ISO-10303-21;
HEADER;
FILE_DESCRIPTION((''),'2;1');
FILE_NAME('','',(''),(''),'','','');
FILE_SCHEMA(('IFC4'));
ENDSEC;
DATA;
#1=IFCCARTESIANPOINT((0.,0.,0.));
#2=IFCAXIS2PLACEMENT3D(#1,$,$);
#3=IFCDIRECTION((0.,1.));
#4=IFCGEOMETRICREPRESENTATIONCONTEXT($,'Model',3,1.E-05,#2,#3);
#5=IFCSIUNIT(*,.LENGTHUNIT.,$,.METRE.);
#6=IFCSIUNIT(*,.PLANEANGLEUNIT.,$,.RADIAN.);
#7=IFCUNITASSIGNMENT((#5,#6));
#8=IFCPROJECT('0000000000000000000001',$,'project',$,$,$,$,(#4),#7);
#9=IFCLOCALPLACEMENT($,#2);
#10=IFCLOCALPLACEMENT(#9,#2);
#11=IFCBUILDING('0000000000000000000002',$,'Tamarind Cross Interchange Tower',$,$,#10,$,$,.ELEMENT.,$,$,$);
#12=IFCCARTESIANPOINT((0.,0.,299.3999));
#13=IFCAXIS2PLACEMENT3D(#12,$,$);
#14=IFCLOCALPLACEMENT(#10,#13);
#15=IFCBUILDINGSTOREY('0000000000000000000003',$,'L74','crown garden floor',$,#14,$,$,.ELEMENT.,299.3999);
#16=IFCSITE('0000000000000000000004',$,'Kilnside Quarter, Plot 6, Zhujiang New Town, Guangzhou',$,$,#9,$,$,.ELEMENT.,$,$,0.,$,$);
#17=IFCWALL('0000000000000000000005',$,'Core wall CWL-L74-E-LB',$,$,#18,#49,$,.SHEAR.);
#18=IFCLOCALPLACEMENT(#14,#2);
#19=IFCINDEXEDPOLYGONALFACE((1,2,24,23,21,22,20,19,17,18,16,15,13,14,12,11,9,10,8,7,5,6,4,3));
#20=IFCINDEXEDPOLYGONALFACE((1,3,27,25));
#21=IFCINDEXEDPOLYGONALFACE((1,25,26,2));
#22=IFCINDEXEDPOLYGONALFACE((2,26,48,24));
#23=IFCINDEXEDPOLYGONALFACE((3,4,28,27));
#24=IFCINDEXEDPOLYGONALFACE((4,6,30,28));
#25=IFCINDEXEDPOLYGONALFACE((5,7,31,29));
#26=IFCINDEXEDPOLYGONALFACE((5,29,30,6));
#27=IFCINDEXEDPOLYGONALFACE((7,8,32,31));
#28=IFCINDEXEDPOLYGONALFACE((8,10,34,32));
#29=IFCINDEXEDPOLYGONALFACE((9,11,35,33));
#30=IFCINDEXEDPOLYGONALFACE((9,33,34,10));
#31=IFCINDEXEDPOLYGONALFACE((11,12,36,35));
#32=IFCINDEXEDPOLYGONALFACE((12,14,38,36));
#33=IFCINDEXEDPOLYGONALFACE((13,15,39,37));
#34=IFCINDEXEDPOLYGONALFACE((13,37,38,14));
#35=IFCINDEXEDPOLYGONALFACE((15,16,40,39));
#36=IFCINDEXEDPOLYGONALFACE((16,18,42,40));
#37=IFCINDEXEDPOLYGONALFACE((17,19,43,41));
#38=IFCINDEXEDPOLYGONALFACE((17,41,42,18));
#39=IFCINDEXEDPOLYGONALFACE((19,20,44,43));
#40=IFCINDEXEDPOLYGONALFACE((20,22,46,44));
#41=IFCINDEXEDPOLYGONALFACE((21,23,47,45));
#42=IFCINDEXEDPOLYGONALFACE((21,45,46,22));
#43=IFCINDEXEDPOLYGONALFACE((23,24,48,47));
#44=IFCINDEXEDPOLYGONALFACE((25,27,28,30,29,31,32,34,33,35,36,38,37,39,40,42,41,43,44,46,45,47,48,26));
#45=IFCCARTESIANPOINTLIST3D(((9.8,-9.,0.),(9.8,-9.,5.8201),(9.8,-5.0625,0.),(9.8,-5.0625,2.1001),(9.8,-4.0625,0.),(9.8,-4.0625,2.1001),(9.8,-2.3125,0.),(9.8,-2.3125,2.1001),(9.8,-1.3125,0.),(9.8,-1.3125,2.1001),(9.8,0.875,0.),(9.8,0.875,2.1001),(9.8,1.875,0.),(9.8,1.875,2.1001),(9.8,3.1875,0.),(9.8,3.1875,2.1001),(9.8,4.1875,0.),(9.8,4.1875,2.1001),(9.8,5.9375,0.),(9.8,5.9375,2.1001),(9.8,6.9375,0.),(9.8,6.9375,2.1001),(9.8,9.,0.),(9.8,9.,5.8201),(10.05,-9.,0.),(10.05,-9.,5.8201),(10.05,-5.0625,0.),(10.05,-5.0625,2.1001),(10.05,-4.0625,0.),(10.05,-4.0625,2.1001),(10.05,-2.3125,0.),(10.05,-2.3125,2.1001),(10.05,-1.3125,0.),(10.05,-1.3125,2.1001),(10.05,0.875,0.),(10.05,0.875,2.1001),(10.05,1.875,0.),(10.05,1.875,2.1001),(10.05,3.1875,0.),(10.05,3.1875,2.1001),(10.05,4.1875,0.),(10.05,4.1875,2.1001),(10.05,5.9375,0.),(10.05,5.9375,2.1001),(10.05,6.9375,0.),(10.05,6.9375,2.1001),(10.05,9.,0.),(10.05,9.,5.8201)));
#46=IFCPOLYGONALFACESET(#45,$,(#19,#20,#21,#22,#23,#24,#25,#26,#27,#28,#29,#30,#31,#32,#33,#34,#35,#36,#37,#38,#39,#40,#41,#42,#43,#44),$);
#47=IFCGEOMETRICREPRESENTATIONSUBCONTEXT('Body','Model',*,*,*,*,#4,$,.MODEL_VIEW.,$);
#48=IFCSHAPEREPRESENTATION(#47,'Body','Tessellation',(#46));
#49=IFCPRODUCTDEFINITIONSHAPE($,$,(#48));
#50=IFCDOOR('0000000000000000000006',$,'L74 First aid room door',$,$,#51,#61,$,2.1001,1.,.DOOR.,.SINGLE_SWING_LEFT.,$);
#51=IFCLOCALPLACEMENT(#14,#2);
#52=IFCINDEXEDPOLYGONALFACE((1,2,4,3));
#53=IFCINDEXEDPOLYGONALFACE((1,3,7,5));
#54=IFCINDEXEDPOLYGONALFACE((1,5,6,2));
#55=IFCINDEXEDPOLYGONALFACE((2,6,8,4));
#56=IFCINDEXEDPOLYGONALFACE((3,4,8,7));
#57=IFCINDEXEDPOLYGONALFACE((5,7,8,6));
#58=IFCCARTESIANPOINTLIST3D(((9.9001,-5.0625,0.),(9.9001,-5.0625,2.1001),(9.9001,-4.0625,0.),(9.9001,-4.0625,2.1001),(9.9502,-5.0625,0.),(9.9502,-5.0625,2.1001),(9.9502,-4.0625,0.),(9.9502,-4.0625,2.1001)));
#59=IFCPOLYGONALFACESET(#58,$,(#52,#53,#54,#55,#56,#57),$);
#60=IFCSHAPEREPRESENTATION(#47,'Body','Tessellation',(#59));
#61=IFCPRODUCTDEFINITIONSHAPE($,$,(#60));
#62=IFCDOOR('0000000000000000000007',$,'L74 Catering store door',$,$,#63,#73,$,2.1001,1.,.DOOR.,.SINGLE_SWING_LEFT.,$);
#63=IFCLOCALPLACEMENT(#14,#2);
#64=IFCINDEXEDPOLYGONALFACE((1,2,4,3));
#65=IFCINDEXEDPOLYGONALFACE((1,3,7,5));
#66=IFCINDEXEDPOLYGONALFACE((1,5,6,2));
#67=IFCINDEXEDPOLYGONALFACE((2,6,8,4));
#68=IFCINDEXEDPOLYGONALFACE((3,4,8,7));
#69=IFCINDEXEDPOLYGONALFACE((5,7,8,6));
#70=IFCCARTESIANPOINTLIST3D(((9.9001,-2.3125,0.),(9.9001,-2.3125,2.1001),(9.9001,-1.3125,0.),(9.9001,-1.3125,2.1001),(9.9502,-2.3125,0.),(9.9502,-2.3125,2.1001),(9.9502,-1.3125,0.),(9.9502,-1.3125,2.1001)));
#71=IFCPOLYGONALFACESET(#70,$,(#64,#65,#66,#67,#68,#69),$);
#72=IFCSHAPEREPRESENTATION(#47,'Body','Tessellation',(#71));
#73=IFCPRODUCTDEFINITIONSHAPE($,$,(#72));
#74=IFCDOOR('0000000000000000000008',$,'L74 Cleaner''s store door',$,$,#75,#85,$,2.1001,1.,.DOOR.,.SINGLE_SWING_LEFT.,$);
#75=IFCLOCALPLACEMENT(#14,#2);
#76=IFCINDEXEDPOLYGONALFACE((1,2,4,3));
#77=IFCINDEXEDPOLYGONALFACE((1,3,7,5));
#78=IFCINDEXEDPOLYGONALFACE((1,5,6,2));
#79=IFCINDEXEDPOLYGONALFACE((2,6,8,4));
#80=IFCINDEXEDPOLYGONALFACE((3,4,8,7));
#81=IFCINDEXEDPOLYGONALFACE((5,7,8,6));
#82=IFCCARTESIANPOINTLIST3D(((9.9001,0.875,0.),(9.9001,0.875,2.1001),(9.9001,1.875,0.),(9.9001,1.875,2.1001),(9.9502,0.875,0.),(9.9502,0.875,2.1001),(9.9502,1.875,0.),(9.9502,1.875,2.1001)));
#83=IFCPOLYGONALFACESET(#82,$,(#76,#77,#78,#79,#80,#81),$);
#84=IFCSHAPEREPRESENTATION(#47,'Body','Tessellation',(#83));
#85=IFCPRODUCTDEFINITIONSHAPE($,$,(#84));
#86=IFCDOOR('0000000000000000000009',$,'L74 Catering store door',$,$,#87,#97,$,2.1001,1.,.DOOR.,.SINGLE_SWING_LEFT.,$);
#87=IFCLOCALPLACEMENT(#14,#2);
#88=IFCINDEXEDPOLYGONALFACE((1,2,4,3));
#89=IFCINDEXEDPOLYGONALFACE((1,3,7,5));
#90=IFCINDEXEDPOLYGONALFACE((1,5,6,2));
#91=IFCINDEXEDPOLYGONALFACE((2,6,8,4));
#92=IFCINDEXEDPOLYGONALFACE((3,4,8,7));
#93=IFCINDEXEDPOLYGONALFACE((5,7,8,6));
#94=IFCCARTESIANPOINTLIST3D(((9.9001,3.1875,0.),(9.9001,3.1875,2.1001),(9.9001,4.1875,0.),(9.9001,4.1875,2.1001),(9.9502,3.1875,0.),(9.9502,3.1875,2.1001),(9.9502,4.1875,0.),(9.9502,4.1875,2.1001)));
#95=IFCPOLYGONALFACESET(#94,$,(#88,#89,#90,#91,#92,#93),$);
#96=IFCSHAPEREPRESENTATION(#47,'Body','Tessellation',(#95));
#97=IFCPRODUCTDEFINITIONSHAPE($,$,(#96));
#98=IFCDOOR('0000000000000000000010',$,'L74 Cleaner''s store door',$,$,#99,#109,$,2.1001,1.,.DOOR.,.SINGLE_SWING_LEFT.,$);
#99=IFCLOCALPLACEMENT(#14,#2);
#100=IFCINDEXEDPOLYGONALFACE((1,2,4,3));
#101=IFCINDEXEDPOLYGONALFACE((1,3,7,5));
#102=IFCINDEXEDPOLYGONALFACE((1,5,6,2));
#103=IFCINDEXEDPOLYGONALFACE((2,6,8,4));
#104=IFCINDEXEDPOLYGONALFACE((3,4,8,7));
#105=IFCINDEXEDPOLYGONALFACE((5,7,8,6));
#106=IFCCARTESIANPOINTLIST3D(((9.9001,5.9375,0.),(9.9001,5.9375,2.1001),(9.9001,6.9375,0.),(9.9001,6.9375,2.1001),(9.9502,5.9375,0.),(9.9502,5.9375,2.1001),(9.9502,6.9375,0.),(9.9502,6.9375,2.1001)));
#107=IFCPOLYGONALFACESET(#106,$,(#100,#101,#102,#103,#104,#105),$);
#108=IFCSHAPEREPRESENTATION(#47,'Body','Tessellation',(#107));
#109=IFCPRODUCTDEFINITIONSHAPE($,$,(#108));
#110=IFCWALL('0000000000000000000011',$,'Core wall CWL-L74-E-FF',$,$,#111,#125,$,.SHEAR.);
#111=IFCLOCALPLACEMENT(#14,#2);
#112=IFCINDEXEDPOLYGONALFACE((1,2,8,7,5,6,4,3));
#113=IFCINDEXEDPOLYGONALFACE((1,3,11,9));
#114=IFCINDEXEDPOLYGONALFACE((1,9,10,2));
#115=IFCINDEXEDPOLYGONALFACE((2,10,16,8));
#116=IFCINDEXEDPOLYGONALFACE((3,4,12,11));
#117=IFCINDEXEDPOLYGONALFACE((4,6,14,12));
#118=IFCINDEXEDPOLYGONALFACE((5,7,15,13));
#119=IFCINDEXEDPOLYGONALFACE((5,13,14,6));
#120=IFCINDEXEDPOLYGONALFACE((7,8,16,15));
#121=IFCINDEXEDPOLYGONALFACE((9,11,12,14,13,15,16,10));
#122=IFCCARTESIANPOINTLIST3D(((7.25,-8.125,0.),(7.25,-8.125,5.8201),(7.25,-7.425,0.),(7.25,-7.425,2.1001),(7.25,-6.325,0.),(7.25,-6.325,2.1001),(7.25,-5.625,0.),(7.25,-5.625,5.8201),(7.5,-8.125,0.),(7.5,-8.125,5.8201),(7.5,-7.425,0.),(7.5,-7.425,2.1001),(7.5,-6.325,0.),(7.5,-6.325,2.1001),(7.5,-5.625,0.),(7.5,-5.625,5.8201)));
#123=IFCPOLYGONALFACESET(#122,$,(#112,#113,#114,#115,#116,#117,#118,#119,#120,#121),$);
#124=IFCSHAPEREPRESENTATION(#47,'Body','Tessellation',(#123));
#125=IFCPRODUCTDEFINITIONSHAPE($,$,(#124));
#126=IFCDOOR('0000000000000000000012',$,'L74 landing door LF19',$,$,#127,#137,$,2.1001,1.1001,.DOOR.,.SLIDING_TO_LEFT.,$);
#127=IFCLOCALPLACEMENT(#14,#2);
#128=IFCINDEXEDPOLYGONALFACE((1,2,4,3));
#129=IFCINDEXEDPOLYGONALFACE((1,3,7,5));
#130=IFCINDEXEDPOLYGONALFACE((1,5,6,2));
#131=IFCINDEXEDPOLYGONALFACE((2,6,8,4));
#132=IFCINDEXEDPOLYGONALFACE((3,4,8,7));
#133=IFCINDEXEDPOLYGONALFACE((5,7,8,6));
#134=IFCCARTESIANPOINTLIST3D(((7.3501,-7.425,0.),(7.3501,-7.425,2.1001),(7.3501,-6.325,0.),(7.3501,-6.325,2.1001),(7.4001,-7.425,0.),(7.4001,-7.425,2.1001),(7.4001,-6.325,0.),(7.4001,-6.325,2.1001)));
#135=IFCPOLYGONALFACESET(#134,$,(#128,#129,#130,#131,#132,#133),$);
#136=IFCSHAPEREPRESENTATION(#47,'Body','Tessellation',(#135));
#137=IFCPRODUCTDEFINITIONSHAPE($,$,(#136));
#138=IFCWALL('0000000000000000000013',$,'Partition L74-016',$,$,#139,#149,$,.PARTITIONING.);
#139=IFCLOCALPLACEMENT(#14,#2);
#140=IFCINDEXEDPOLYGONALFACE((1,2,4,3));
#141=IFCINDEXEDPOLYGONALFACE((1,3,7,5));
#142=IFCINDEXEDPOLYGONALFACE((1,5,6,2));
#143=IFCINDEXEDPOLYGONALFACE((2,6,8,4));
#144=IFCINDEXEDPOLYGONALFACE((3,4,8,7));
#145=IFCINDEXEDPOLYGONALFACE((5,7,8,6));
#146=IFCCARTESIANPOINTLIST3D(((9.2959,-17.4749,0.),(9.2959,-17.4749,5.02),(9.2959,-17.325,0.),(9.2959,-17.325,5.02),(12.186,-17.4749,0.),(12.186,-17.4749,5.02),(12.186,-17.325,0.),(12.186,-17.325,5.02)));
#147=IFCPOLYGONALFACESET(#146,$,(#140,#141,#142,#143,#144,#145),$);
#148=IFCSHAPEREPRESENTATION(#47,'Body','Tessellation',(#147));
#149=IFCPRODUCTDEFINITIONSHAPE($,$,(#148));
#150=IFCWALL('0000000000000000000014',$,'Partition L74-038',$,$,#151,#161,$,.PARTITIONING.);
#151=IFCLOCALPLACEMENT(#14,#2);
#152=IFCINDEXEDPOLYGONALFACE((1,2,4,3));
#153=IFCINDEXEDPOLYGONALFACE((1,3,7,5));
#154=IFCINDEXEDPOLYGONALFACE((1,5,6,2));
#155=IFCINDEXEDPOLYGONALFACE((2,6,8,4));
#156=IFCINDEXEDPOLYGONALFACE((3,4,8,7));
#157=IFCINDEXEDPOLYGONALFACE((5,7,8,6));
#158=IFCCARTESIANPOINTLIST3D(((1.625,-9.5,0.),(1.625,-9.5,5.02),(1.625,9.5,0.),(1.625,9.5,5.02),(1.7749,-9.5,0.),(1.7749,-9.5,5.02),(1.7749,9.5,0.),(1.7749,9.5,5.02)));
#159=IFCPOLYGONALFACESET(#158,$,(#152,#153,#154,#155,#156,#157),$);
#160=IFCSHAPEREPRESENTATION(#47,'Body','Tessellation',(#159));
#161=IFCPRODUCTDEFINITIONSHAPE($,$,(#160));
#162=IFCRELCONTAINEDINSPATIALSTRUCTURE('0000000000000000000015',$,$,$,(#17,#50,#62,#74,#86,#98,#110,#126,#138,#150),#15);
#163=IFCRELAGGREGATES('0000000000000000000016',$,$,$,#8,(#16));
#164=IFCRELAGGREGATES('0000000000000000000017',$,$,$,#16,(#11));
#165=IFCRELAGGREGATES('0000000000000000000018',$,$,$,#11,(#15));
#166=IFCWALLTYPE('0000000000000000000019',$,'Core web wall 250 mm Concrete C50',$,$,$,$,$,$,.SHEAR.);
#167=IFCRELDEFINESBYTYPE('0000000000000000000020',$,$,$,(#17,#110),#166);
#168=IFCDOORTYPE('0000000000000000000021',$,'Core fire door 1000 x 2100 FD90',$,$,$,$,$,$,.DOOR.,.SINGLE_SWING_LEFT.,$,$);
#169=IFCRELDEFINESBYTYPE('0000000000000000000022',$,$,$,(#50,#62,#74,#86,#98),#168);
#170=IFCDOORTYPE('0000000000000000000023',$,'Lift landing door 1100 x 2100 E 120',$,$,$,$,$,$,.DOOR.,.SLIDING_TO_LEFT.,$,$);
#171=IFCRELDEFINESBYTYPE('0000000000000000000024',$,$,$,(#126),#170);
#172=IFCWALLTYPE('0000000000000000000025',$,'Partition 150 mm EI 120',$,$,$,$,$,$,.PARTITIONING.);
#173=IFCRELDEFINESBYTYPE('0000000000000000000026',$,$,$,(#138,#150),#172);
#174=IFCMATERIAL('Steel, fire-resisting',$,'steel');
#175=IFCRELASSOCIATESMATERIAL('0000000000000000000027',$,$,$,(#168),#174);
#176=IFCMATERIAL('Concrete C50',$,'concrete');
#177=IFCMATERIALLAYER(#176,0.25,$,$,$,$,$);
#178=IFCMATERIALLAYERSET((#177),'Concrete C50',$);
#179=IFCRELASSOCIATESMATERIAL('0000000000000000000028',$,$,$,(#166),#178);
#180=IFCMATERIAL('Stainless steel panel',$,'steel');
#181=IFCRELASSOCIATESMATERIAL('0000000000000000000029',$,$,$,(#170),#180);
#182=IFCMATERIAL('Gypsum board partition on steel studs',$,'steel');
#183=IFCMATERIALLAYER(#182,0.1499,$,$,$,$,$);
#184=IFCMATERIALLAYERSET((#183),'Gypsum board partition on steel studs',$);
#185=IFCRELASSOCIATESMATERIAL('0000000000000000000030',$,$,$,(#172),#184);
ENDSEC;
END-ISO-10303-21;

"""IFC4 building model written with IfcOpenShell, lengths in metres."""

from ifc_helpers import new_model, si_unit, direction, frame, frame_2d, origin, place, context, subcontext, project, spatial, rectangle, extrude, material, layer, layer_set, type_object, element, fill, save


model = new_model("IFC4")

# Units and contexts
model_context = context("Model", 3, precision=1e-05, world=origin(), true_north=direction((0.0, 1.0)))
body_context = subcontext(model_context, "Body", "Model", "MODEL_VIEW")
ifc_project = project(units=[si_unit("LENGTHUNIT", "METRE"), si_unit("PLANEANGLEUNIT", "RADIAN")], contexts=[model_context])

# Site, building, storey
site_placement = place(None, origin())
site = spatial("IfcSite", under=ifc_project, at=site_placement, Name="Kilnside Quarter, Plot 6, Zhujiang New Town, Guangzhou", CompositionType="ELEMENT", RefElevation=0.0)
building_placement = place(site_placement, origin())
building = spatial("IfcBuilding", under=site, at=building_placement, Name="Tamarind Cross Interchange Tower", CompositionType="ELEMENT")
storey_placement = place(building_placement, frame((0.0, 0.0, 299.3999)))
storey = spatial("IfcBuildingStorey", under=building, at=storey_placement, Name="L74", Description="crown garden floor", CompositionType="ELEMENT", Elevation=299.3999)

# Shared definitions
ifc_material_1 = material(Name="Concrete C50", Category="concrete")
ifc_material_2 = material(Name="Steel, fire-resisting", Category="steel")
door_type_1 = type_object("IfcDoorType", Name="Core fire door 1000 x 2100 FD90", OperationType="SINGLE_SWING_LEFT", PredefinedType="DOOR", material=ifc_material_2)

# Shared definitions
ifc_layer_1 = layer(ifc_material_1, 0.25)
ifc_layer_set_1 = layer_set([ifc_layer_1], Name="Concrete C50")
wall_type_1 = type_object("IfcWallType", Name="Core web wall 250 mm Concrete C50", PredefinedType="SHEAR", material=ifc_layer_set_1)

# Wall, openings, doors
wall_1_placement = place(storey_placement, frame((9.925, -9.0, 0.0), z_axis=(0.0, 0.0, 1.0), x_axis=(0.0, 1.0, 0.0)))
wall_1 = element("IfcWall", 1, at=wall_1_placement, inside=storey, type_object=wall_type_1, Name="Core wall CWL-L74-E-LB", PredefinedType="SHEAR", context=body_context, shape_type="SweptSolid", body=[
    extrude(rectangle(XDim=18.0, YDim=0.25, at=frame_2d((9.0, 0.0))), origin(), (0.0, 0.0, 1.0), 5.8201),
])
opening_1_placement = place(wall_1_placement, frame((3.9375, 0.0, 0.0)))
opening_1 = element("IfcOpeningElement", 2, at=opening_1_placement, cuts=wall_1, PredefinedType="OPENING", context=body_context, shape_type="SweptSolid", body=[
    extrude(rectangle(XDim=1.0, YDim=2.1001, at=frame_2d((0.5, 1.05))), frame((0.0, 0.135, 0.0), z_axis=(0.0, -1.0, 0.0), x_axis=(1.0, 0.0, 0.0)), (0.0, 0.0, 1.0), 0.27),
])
opening_2_placement = place(wall_1_placement, frame((6.6875, 0.0, 0.0)))
opening_2 = element("IfcOpeningElement", 3, at=opening_2_placement, cuts=wall_1, PredefinedType="OPENING", context=body_context, shape_type="SweptSolid", body=[
    extrude(rectangle(XDim=1.0, YDim=2.1001, at=frame_2d((0.5, 1.05))), frame((0.0, 0.135, 0.0), z_axis=(0.0, -1.0, 0.0), x_axis=(1.0, 0.0, 0.0)), (0.0, 0.0, 1.0), 0.27),
])
opening_3_placement = place(wall_1_placement, frame((9.875, 0.0, 0.0)))
opening_3 = element("IfcOpeningElement", 4, at=opening_3_placement, cuts=wall_1, PredefinedType="OPENING", context=body_context, shape_type="SweptSolid", body=[
    extrude(rectangle(XDim=1.0, YDim=2.1001, at=frame_2d((0.5, 1.05))), frame((0.0, 0.135, 0.0), z_axis=(0.0, -1.0, 0.0), x_axis=(1.0, 0.0, 0.0)), (0.0, 0.0, 1.0), 0.27),
])
opening_4_placement = place(wall_1_placement, frame((12.1875, 0.0, 0.0)))
opening_4 = element("IfcOpeningElement", 5, at=opening_4_placement, cuts=wall_1, PredefinedType="OPENING", context=body_context, shape_type="SweptSolid", body=[
    extrude(rectangle(XDim=1.0, YDim=2.1001, at=frame_2d((0.5, 1.05))), frame((0.0, 0.135, 0.0), z_axis=(0.0, -1.0, 0.0), x_axis=(1.0, 0.0, 0.0)), (0.0, 0.0, 1.0), 0.27),
])
opening_5_placement = place(wall_1_placement, frame((14.9375, 0.0, 0.0)))
opening_5 = element("IfcOpeningElement", 6, at=opening_5_placement, cuts=wall_1, PredefinedType="OPENING", context=body_context, shape_type="SweptSolid", body=[
    extrude(rectangle(XDim=1.0, YDim=2.1001, at=frame_2d((0.5, 1.05))), frame((0.0, 0.135, 0.0), z_axis=(0.0, -1.0, 0.0), x_axis=(1.0, 0.0, 0.0)), (0.0, 0.0, 1.0), 0.27),
])
door_1_placement = place(opening_1_placement, origin())
door_1 = element("IfcDoor", 7, at=door_1_placement, inside=storey, type_object=door_type_1, Name="L74 First aid room door", OperationType="SINGLE_SWING_LEFT", OverallHeight=2.1001, OverallWidth=1.0, PredefinedType="DOOR", context=body_context, shape_type="SweptSolid", body=[
    extrude(rectangle(XDim=1.0, YDim=2.1001, at=frame_2d((0.5, 1.05))), frame((0.0, 0.0249, 0.0), z_axis=(0.0, -1.0, 0.0), x_axis=(1.0, 0.0, 0.0)), (0.0, 0.0, 1.0), 0.05),
])
fill(opening_1, door_1)
door_2_placement = place(opening_2_placement, origin())
door_2 = element("IfcDoor", 8, at=door_2_placement, inside=storey, type_object=door_type_1, Name="L74 Catering store door", OperationType="SINGLE_SWING_LEFT", OverallHeight=2.1001, OverallWidth=1.0, PredefinedType="DOOR", context=body_context, shape_type="SweptSolid", body=[
    extrude(rectangle(XDim=1.0, YDim=2.1001, at=frame_2d((0.5, 1.05))), frame((0.0, 0.0249, 0.0), z_axis=(0.0, -1.0, 0.0), x_axis=(1.0, 0.0, 0.0)), (0.0, 0.0, 1.0), 0.05),
])
fill(opening_2, door_2)
door_3_placement = place(opening_3_placement, origin())
door_3 = element("IfcDoor", 9, at=door_3_placement, inside=storey, type_object=door_type_1, Name="L74 Cleaner's store door", OperationType="SINGLE_SWING_LEFT", OverallHeight=2.1001, OverallWidth=1.0, PredefinedType="DOOR", context=body_context, shape_type="SweptSolid", body=[
    extrude(rectangle(XDim=1.0, YDim=2.1001, at=frame_2d((0.5, 1.05))), frame((0.0, 0.0249, 0.0), z_axis=(0.0, -1.0, 0.0), x_axis=(1.0, 0.0, 0.0)), (0.0, 0.0, 1.0), 0.05),
])
fill(opening_3, door_3)
door_4_placement = place(opening_4_placement, origin())
door_4 = element("IfcDoor", 10, at=door_4_placement, inside=storey, type_object=door_type_1, Name="L74 Catering store door", OperationType="SINGLE_SWING_LEFT", OverallHeight=2.1001, OverallWidth=1.0, PredefinedType="DOOR", context=body_context, shape_type="SweptSolid", body=[
    extrude(rectangle(XDim=1.0, YDim=2.1001, at=frame_2d((0.5, 1.05))), frame((0.0, 0.0249, 0.0), z_axis=(0.0, -1.0, 0.0), x_axis=(1.0, 0.0, 0.0)), (0.0, 0.0, 1.0), 0.05),
])
fill(opening_4, door_4)
door_5_placement = place(opening_5_placement, origin())
door_5 = element("IfcDoor", 11, at=door_5_placement, inside=storey, type_object=door_type_1, Name="L74 Cleaner's store door", OperationType="SINGLE_SWING_LEFT", OverallHeight=2.1001, OverallWidth=1.0, PredefinedType="DOOR", context=body_context, shape_type="SweptSolid", body=[
    extrude(rectangle(XDim=1.0, YDim=2.1001, at=frame_2d((0.5, 1.05))), frame((0.0, 0.0249, 0.0), z_axis=(0.0, -1.0, 0.0), x_axis=(1.0, 0.0, 0.0)), (0.0, 0.0, 1.0), 0.05),
])
fill(opening_5, door_5)

# Wall, opening, door
wall_2_placement = place(storey_placement, frame((7.375, -8.125, 0.0), z_axis=(0.0, 0.0, 1.0), x_axis=(0.0, 1.0, 0.0)))
wall_2 = element("IfcWall", 12, at=wall_2_placement, inside=storey, type_object=wall_type_1, Name="Core wall CWL-L74-E-FF", PredefinedType="SHEAR", context=body_context, shape_type="SweptSolid", body=[
    extrude(rectangle(XDim=2.5, YDim=0.25, at=frame_2d((1.25, 0.0))), origin(), (0.0, 0.0, 1.0), 5.8201),
])
opening_6_placement = place(wall_2_placement, frame((0.7, 0.0, 0.0)))
opening_6 = element("IfcOpeningElement", 13, at=opening_6_placement, cuts=wall_2, PredefinedType="OPENING", context=body_context, shape_type="SweptSolid", body=[
    extrude(rectangle(XDim=1.1001, YDim=2.1001, at=frame_2d((0.55, 1.05))), frame((0.0, 0.135, 0.0), z_axis=(0.0, -1.0, 0.0), x_axis=(1.0, 0.0, 0.0)), (0.0, 0.0, 1.0), 0.27),
])
ifc_material_3 = material(Name="Stainless steel panel", Category="steel")
door_type_2 = type_object("IfcDoorType", Name="Lift landing door 1100 x 2100 E 120", OperationType="SLIDING_TO_LEFT", PredefinedType="DOOR", material=ifc_material_3)
door_6_placement = place(opening_6_placement, origin())
door_6 = element("IfcDoor", 14, at=door_6_placement, inside=storey, type_object=door_type_2, Name="L74 landing door LF19", OperationType="SLIDING_TO_LEFT", OverallHeight=2.1001, OverallWidth=1.1001, PredefinedType="DOOR", context=body_context, shape_type="SweptSolid", body=[
    extrude(rectangle(XDim=1.1001, YDim=2.1001, at=frame_2d((0.55, 1.05))), frame((0.0, 0.0249, 0.0), z_axis=(0.0, -1.0, 0.0), x_axis=(1.0, 0.0, 0.0)), (0.0, 0.0, 1.0), 0.05),
])
fill(opening_6, door_6)

# Walls
ifc_material_4 = material(Name="Gypsum board partition on steel studs", Category="steel")
ifc_layer_2 = layer(ifc_material_4, 0.1499)
ifc_layer_set_2 = layer_set([ifc_layer_2], Name="Gypsum board partition on steel studs")
wall_type_2 = type_object("IfcWallType", Name="Partition 150 mm EI 120", PredefinedType="PARTITIONING", material=ifc_layer_set_2)
wall_3_placement = place(storey_placement, frame((9.2959, -17.3999, 0.0), z_axis=(0.0, 0.0, 1.0), x_axis=(1.0, 0.0, 0.0)))
element("IfcWall", 15, at=wall_3_placement, inside=storey, type_object=wall_type_2, Name="Partition L74-016", PredefinedType="PARTITIONING", context=body_context, shape_type="SweptSolid", body=[
    extrude(rectangle(XDim=2.8901, YDim=0.1499, at=frame_2d((1.4451, 0.0))), origin(), (0.0, 0.0, 1.0), 5.02),
])
wall_4_placement = place(storey_placement, frame((1.7, -9.5, 0.0), z_axis=(0.0, 0.0, 1.0), x_axis=(0.0, 1.0, 0.0)))
element("IfcWall", 16, at=wall_4_placement, inside=storey, type_object=wall_type_2, Name="Partition L74-038", PredefinedType="PARTITIONING", context=body_context, shape_type="SweptSolid", body=[
    extrude(rectangle(XDim=19.0, YDim=0.1499, at=frame_2d((9.5, 0.0))), origin(), (0.0, 0.0, 1.0), 5.02),
])

save(model, "model.ifc")
